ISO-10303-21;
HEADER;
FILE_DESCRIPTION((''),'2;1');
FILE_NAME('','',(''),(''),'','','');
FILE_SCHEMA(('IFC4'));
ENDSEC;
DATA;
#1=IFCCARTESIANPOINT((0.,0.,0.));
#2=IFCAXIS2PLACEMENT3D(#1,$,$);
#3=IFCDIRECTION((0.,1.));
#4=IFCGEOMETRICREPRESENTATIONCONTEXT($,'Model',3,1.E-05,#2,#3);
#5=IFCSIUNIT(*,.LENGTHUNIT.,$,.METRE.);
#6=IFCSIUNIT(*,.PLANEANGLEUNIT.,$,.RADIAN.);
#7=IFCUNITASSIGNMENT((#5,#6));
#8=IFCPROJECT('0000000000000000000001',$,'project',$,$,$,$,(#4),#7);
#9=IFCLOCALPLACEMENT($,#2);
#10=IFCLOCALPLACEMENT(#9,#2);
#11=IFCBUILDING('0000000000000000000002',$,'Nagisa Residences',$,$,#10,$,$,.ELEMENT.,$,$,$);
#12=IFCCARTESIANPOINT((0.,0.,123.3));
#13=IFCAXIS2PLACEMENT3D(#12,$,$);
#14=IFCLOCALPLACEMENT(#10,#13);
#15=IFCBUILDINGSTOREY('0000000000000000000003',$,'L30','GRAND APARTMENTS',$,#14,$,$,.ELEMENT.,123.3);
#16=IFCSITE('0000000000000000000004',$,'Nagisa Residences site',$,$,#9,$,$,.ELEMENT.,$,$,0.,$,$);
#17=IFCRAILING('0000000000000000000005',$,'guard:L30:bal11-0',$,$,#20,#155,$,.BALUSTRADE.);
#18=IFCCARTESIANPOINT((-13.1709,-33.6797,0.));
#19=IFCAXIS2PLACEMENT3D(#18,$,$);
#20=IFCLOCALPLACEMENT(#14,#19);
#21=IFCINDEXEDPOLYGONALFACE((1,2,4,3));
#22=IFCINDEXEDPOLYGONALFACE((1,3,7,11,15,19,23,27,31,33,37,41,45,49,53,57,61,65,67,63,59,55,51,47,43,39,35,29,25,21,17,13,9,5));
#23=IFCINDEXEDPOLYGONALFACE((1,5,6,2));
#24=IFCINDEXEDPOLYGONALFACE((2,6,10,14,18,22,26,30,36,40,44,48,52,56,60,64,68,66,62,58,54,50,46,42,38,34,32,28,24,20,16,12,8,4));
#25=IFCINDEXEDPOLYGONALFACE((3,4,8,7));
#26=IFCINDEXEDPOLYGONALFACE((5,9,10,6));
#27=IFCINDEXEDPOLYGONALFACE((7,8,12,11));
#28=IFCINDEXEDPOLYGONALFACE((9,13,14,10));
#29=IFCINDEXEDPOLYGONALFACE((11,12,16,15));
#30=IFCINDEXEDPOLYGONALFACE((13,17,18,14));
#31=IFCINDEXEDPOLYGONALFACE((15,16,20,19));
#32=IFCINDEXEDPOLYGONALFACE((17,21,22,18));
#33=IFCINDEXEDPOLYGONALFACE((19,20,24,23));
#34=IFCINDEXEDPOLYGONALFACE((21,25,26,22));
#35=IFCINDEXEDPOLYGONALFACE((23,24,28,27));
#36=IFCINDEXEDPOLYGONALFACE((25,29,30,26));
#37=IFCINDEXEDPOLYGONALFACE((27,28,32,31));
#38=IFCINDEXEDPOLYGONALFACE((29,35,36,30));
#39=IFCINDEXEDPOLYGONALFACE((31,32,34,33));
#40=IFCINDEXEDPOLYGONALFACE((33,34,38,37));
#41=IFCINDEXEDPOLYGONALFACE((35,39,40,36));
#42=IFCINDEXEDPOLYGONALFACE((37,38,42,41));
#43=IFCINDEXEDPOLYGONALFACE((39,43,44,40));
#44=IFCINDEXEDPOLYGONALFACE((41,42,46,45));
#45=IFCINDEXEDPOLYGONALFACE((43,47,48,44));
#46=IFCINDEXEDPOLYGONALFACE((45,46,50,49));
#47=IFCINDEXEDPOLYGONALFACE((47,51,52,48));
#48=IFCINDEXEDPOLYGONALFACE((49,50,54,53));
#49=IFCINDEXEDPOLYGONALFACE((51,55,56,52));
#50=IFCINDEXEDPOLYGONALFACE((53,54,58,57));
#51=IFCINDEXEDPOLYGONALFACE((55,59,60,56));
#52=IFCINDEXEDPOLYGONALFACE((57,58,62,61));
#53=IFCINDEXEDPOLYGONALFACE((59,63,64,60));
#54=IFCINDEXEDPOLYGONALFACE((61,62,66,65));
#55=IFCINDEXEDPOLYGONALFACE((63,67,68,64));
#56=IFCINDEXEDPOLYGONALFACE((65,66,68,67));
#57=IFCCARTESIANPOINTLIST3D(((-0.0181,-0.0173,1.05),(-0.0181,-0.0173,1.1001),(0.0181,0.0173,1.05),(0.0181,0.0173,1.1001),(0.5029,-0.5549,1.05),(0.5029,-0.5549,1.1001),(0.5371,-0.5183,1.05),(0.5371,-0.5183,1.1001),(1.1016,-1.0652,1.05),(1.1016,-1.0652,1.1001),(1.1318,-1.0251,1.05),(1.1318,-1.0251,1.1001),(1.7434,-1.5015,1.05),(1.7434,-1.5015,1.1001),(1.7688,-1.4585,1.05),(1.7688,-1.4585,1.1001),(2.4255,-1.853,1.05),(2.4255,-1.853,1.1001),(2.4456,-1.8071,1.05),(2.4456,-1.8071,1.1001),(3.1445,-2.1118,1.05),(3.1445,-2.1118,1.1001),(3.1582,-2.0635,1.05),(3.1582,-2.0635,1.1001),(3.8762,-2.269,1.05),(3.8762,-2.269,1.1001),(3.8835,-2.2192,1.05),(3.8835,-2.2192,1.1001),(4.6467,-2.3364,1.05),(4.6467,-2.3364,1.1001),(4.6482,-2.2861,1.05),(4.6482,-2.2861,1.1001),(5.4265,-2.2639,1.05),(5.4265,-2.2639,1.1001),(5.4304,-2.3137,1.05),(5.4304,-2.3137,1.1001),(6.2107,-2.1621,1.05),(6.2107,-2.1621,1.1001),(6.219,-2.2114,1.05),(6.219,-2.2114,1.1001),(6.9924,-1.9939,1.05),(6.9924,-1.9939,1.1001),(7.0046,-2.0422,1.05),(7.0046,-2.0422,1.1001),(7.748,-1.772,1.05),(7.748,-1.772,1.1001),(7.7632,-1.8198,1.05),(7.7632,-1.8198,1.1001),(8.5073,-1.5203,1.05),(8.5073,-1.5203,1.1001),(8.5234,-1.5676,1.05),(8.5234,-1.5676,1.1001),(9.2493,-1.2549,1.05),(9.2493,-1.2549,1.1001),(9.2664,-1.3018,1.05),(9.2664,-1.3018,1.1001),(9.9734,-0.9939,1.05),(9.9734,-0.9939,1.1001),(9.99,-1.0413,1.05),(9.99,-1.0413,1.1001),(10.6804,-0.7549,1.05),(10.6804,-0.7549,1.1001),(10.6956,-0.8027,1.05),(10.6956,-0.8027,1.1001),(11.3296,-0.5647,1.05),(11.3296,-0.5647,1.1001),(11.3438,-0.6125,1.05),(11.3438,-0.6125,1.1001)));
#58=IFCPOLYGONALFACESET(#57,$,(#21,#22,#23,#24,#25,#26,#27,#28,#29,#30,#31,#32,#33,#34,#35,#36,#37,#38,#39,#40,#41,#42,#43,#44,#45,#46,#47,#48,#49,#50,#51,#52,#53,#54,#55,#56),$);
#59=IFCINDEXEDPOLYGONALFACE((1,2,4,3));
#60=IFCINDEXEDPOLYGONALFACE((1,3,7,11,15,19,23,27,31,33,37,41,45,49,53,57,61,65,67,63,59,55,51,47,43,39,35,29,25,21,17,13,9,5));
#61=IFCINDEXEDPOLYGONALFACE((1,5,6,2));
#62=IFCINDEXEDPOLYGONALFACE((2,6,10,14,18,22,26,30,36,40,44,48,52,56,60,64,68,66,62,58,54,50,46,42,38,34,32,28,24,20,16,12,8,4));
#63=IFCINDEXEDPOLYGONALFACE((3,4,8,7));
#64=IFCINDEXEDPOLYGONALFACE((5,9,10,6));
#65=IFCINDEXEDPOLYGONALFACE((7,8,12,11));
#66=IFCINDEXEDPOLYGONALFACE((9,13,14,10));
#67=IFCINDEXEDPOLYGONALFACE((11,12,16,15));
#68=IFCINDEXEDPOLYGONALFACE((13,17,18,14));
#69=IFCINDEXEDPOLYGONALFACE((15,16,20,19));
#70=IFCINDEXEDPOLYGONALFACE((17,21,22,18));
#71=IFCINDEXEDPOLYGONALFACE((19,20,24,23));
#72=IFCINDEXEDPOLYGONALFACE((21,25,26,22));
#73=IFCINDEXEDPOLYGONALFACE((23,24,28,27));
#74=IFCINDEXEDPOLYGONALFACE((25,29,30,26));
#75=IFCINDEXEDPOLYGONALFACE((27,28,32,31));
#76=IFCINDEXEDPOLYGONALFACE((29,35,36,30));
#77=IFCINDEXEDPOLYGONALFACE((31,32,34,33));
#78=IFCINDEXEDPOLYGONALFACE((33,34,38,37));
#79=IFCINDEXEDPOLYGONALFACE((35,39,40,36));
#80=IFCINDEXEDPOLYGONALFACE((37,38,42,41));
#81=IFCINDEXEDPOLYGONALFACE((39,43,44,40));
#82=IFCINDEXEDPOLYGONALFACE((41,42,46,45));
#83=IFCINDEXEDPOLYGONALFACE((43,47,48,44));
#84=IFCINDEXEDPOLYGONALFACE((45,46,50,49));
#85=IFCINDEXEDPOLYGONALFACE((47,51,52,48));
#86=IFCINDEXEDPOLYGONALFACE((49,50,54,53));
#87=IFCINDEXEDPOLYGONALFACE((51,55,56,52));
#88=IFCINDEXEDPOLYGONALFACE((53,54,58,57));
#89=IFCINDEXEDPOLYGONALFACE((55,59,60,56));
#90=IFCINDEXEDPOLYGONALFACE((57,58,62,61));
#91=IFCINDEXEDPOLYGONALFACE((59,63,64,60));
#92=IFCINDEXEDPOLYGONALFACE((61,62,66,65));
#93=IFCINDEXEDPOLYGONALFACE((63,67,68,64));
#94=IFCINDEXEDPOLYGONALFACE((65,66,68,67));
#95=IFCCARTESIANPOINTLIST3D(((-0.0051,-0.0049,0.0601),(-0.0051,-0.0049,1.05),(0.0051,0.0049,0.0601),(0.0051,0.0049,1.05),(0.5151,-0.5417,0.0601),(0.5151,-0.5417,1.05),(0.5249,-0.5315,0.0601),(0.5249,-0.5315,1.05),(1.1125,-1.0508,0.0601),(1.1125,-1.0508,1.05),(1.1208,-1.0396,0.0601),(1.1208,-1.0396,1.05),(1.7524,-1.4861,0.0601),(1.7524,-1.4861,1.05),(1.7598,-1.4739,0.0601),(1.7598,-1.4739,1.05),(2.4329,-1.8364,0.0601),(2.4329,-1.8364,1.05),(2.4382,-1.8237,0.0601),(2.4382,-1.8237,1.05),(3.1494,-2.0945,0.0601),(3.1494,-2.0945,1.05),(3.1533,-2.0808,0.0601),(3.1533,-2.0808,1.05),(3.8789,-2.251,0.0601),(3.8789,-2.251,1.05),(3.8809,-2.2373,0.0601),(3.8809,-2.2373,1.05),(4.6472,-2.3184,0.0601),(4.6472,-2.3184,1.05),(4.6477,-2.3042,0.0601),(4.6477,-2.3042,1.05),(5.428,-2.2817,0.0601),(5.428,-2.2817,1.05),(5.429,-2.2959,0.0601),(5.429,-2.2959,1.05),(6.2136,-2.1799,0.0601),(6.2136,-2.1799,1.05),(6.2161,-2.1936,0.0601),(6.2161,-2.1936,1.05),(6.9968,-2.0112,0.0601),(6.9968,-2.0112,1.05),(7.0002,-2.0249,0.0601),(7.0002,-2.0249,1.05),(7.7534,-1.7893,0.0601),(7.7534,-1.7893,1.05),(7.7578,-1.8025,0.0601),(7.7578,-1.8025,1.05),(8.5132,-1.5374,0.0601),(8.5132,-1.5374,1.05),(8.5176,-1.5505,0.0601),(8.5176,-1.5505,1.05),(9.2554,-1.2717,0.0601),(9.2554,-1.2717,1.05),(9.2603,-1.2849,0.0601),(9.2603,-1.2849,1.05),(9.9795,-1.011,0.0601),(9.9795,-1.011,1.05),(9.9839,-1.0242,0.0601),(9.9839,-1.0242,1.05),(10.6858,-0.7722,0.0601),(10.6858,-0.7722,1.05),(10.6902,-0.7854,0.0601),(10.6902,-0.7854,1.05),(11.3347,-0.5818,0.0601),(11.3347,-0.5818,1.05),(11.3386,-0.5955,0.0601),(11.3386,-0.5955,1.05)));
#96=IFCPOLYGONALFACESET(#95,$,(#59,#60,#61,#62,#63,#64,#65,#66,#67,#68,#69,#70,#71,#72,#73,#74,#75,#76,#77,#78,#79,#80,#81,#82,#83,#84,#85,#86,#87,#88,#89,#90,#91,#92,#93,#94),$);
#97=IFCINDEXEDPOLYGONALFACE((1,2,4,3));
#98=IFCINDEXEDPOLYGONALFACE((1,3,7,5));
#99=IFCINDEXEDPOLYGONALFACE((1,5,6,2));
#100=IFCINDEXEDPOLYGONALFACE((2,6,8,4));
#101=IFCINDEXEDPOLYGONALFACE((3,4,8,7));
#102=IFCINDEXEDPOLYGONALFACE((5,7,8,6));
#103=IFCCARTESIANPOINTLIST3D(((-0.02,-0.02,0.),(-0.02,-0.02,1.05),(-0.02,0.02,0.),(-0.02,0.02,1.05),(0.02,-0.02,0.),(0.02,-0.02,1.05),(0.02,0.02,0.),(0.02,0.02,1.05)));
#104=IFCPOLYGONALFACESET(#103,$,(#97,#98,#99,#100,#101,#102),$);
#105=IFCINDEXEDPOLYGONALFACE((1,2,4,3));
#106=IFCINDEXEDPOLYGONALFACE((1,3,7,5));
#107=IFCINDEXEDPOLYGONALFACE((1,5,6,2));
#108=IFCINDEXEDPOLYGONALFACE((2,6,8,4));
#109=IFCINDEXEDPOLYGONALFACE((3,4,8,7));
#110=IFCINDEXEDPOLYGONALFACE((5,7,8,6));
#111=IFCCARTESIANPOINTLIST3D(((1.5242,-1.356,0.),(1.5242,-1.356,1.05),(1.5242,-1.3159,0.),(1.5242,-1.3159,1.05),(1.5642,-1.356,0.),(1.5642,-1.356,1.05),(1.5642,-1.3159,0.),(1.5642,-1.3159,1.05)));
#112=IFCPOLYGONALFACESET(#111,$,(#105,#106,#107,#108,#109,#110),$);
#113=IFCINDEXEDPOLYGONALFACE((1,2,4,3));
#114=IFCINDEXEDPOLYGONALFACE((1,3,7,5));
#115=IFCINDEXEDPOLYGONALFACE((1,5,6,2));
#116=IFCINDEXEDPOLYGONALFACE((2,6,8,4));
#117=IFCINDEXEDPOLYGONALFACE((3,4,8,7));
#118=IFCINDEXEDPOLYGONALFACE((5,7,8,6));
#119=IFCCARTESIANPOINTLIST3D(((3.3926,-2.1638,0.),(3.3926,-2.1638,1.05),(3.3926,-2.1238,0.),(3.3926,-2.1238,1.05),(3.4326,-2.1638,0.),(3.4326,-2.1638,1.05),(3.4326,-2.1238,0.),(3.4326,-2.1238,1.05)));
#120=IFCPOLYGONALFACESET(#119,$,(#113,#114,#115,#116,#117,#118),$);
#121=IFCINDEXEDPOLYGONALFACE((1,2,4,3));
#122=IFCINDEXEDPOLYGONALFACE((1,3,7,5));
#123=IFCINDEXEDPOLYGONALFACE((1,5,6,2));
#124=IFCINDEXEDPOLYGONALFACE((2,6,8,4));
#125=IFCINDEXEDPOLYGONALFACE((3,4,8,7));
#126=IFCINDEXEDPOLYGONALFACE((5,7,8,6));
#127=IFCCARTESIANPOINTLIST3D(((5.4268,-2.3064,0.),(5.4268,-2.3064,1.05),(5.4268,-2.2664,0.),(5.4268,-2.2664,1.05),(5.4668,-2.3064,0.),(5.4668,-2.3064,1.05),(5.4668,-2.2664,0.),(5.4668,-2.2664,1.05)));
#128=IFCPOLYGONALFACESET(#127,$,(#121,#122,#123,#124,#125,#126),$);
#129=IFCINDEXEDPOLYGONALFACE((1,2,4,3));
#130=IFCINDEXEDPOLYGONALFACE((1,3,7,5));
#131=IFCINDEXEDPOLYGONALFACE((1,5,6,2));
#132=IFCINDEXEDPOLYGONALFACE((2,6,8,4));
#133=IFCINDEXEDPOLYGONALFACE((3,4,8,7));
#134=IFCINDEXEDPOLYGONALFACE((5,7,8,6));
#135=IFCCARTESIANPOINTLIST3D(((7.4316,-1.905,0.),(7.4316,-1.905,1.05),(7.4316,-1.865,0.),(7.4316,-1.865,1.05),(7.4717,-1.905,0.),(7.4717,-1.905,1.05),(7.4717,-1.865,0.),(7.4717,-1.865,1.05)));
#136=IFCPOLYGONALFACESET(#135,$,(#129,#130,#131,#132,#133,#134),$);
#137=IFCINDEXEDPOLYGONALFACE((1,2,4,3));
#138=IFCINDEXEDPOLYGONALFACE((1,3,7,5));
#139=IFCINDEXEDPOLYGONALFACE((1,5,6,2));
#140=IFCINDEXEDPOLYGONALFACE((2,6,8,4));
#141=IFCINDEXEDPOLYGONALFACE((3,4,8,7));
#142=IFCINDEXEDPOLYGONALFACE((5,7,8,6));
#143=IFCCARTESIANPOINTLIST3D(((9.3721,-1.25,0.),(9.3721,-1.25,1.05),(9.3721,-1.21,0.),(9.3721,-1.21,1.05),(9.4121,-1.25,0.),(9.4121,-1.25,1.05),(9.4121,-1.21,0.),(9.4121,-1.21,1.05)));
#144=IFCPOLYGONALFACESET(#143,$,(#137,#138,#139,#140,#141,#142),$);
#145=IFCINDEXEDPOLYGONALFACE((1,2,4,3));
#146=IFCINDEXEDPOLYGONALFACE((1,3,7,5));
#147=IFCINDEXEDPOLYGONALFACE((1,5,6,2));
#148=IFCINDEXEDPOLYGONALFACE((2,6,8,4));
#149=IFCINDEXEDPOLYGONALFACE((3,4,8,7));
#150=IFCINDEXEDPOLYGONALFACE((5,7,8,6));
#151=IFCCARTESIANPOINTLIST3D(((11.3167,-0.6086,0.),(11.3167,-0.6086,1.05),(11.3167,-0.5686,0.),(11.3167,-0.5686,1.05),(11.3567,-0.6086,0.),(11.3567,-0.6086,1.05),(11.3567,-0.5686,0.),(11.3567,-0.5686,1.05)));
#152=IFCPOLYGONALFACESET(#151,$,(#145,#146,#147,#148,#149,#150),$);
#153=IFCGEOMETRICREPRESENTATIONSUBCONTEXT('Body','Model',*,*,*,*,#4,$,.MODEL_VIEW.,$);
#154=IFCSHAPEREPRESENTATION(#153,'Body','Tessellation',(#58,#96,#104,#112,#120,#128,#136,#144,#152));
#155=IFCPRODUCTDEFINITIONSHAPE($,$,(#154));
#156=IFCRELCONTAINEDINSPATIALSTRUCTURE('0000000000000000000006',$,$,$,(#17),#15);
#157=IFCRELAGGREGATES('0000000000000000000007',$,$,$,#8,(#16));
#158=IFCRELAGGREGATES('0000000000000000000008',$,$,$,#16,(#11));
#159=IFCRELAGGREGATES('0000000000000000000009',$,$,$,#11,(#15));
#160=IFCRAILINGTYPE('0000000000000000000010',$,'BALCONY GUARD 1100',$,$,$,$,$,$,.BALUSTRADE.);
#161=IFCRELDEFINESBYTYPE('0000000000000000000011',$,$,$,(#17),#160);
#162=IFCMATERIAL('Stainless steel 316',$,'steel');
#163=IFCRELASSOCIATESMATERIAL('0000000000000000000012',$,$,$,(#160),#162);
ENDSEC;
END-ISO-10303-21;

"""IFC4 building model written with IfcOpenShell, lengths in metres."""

from ifc_helpers import new_model, si_unit, direction, frame, origin, origin_2d, place, context, subcontext, project, spatial, polyline, rectangle, outline, extrude, material, type_object, element, save


model = new_model("IFC4")

# Units and contexts
model_context = context("Model", 3, precision=1e-05, world=origin(), true_north=direction((0.0, 1.0)))
body_context = subcontext(model_context, "Body", "Model", "MODEL_VIEW")
ifc_project = project(units=[si_unit("LENGTHUNIT", "METRE"), si_unit("PLANEANGLEUNIT", "RADIAN")], contexts=[model_context])

# Site, building, storey
site_placement = place(None, origin())
site = spatial("IfcSite", under=ifc_project, at=site_placement, Name="Nagisa Residences site", CompositionType="ELEMENT", RefElevation=0.0)
building_placement = place(site_placement, origin())
building = spatial("IfcBuilding", under=site, at=building_placement, Name="Nagisa Residences", CompositionType="ELEMENT")
storey_placement = place(building_placement, frame((0.0, 0.0, 123.3)))
storey = spatial("IfcBuildingStorey", under=building, at=storey_placement, Name="L30", Description="GRAND APARTMENTS", CompositionType="ELEMENT", Elevation=123.3)

# Railing
ifc_material_1 = material(Name="Stainless steel 316", Category="steel")
railing_type = type_object("IfcRailingType", Name="BALCONY GUARD 1100", PredefinedType="BALUSTRADE", material=ifc_material_1)
railing_1_placement = place(storey_placement, frame((-13.1709, -33.6797, 0.0)))
element("IfcRailing", 1, at=railing_1_placement, inside=storey, type_object=railing_type, Name="guard:L30:bal11-0", PredefinedType="BALUSTRADE", context=body_context, shape_type="SweptSolid", body=[
    extrude(outline(polyline([(0.5371, -0.5183), (0.0181, 0.0173), (-0.0181, -0.0173), (0.5029, -0.5549), (1.1016, -1.0652), (1.7434, -1.5015), (2.4255, -1.853), (3.1445, -2.1118), (3.8762, -2.269), (4.6467, -2.3364), (5.4304, -2.3137), (6.219, -2.2114), (7.0046, -2.0422), (7.7632, -1.8198), (8.5234, -1.5676), (9.2664, -1.3018), (9.99, -1.0413), (10.6956, -0.8027), (11.3438, -0.6125), (11.3296, -0.5647), (10.6804, -0.7549), (9.9734, -0.9939), (9.2493, -1.2549), (8.5073, -1.5203), (7.748, -1.772), (6.9924, -1.9939), (6.2107, -2.1621), (5.4265, -2.2639), (4.6482, -2.2861), (3.8835, -2.2192), (3.1582, -2.0635), (2.4456, -1.8071), (1.7688, -1.4585), (1.1318, -1.0251), (0.5371, -0.5183)])), frame((0.0, 0.0, 1.05)), (0.0, 0.0, 1.0), 0.05),
    extrude(outline(polyline([(0.5249, -0.5315), (0.0051, 0.0049), (-0.0051, -0.0049), (0.5151, -0.5417), (1.1125, -1.0508), (1.7524, -1.4861), (2.4329, -1.8364), (3.1494, -2.0945), (3.8789, -2.251), (4.6472, -2.3184), (5.429, -2.2959), (6.2161, -2.1936), (7.0002, -2.0249), (7.7578, -1.8025), (8.5176, -1.5505), (9.2603, -1.2849), (9.9839, -1.0242), (10.6902, -0.7854), (11.3386, -0.5955), (11.3347, -0.5818), (10.6858, -0.7722), (9.9795, -1.011), (9.2554, -1.2717), (8.5132, -1.5374), (7.7534, -1.7893), (6.9968, -2.0112), (6.2136, -2.1799), (5.428, -2.2817), (4.6477, -2.3042), (3.8809, -2.2373), (3.1533, -2.0808), (2.4382, -1.8237), (1.7598, -1.4739), (1.1208, -1.0396), (0.5249, -0.5315)])), frame((0.0, 0.0, 0.0601)), (0.0, 0.0, 1.0), 0.99),
    extrude(rectangle(XDim=0.04, YDim=0.04, at=origin_2d()), origin(), (0.0, 0.0, 1.0), 1.05),
    extrude(rectangle(XDim=0.04, YDim=0.04, at=origin_2d()), frame((1.5442, -1.3359, 0.0)), (0.0, 0.0, 1.0), 1.05),
    extrude(rectangle(XDim=0.04, YDim=0.04, at=origin_2d()), frame((3.4126, -2.1438, 0.0)), (0.0, 0.0, 1.0), 1.05),
    extrude(rectangle(XDim=0.04, YDim=0.04, at=origin_2d()), frame((5.4468, -2.2864, 0.0)), (0.0, 0.0, 1.0), 1.05),
    extrude(rectangle(XDim=0.04, YDim=0.04, at=origin_2d()), frame((7.4517, -1.885, 0.0)), (0.0, 0.0, 1.0), 1.05),
    extrude(rectangle(XDim=0.04, YDim=0.04, at=origin_2d()), frame((9.3921, -1.23, 0.0)), (0.0, 0.0, 1.0), 1.05),
    extrude(rectangle(XDim=0.04, YDim=0.04, at=origin_2d()), frame((11.3367, -0.5886, 0.0)), (0.0, 0.0, 1.0), 1.05),
])

save(model, "model.ifc")
